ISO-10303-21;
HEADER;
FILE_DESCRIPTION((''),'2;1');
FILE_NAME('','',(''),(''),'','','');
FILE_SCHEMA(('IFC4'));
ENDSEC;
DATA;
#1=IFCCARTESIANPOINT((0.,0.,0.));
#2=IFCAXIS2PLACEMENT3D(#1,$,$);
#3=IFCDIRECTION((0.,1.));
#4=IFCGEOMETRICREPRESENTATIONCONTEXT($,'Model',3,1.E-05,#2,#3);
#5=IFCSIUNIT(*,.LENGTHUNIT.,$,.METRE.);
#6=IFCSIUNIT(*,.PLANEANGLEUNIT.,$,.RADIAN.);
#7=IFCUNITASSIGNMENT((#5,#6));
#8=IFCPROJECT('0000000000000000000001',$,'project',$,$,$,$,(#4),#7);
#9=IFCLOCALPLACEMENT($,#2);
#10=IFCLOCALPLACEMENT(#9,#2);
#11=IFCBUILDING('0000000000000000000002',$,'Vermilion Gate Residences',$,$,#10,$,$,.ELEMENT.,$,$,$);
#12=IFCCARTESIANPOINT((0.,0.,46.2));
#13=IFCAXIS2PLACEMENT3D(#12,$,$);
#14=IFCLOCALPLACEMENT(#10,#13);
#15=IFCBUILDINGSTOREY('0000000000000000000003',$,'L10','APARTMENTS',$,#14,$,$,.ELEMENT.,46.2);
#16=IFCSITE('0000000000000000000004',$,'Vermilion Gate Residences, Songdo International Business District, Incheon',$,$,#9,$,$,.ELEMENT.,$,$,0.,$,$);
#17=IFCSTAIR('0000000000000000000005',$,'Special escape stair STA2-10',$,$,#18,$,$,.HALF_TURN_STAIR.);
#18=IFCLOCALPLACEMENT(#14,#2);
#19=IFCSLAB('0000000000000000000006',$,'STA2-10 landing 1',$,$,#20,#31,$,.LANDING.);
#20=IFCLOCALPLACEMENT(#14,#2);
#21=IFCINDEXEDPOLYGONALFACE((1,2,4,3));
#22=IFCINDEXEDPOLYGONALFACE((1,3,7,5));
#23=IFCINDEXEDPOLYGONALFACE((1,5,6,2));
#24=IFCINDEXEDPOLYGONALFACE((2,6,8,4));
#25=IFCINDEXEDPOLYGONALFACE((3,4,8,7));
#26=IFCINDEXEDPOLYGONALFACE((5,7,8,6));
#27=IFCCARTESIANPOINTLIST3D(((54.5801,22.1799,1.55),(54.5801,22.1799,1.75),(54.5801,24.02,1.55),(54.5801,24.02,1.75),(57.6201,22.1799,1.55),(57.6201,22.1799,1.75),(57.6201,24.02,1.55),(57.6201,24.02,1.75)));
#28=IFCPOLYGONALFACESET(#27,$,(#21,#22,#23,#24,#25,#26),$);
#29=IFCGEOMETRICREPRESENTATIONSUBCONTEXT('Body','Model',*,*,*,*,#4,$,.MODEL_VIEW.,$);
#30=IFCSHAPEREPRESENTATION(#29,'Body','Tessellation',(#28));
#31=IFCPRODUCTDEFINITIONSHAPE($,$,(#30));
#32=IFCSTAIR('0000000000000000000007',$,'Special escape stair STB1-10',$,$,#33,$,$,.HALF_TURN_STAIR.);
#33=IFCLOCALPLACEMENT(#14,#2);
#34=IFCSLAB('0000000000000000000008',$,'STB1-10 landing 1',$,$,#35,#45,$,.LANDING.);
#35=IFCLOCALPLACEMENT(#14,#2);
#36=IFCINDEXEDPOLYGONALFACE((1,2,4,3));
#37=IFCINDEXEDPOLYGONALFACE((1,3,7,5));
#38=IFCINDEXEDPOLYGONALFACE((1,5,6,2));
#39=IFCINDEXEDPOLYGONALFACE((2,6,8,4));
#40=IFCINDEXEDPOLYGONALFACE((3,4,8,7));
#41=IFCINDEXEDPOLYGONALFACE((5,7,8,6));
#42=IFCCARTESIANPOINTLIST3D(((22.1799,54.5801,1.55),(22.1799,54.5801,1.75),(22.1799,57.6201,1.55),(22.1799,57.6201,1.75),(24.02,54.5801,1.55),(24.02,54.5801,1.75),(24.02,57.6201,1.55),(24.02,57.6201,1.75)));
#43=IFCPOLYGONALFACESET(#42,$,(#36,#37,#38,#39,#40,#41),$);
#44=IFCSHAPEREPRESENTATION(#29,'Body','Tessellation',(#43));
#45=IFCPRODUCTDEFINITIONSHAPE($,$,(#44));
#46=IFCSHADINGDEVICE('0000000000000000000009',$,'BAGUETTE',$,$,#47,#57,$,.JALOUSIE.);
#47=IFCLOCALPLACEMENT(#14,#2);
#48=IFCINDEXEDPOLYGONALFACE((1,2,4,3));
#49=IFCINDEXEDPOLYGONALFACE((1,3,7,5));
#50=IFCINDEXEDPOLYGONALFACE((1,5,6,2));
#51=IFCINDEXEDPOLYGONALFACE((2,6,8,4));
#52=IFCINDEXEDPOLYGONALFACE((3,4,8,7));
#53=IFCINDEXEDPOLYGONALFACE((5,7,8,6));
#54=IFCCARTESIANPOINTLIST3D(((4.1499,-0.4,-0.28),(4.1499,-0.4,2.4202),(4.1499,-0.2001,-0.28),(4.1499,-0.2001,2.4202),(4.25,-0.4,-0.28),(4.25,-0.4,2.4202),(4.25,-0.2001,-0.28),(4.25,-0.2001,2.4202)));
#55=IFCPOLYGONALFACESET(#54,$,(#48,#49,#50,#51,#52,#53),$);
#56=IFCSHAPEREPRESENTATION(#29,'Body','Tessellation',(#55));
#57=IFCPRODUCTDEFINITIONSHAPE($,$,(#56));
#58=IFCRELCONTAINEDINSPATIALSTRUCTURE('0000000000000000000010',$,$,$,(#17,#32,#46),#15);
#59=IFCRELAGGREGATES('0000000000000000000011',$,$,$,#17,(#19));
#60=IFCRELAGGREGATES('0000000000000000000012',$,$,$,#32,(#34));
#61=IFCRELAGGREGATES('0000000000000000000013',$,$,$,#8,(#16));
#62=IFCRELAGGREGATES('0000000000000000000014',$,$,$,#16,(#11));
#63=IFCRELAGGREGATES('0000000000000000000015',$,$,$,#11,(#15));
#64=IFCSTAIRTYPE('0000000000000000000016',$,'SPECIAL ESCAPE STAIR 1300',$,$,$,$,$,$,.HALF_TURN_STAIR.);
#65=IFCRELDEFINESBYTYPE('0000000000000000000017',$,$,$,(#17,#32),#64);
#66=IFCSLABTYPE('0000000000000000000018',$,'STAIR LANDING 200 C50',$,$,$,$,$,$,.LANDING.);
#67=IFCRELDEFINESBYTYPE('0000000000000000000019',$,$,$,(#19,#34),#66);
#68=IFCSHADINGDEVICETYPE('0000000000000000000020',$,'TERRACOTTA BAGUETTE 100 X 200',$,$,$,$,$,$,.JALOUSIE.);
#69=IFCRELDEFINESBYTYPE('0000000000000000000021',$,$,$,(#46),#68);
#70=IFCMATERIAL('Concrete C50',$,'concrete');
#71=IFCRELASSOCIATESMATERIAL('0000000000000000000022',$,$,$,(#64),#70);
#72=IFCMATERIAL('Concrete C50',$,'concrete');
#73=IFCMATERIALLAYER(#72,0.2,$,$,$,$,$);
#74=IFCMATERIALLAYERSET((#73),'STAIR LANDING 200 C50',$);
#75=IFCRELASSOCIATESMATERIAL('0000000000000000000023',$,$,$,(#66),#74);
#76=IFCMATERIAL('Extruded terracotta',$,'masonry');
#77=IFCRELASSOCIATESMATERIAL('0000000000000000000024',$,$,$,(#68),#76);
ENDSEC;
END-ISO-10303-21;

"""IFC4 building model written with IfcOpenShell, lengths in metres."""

from ifc_helpers import new_model, si_unit, direction, frame, origin, origin_2d, place, context, subcontext, project, spatial, polyline, rectangle, outline, extrude, material, layer, layer_set, material_profile, profile_set, type_object, element, aggregate, save


model = new_model("IFC4")

# Units and contexts
model_context = context("Model", 3, precision=1e-05, world=origin(), true_north=direction((0.0, 1.0)))
body_context = subcontext(model_context, "Body", "Model", "MODEL_VIEW")
ifc_project = project(units=[si_unit("LENGTHUNIT", "METRE"), si_unit("PLANEANGLEUNIT", "RADIAN")], contexts=[model_context])

# Site, building, storey
site_placement = place(None, origin())
site = spatial("IfcSite", under=ifc_project, at=site_placement, Name="Vermilion Gate Residences, Songdo International Business District, Incheon", CompositionType="ELEMENT", RefElevation=0.0)
building_placement = place(site_placement, origin())
building = spatial("IfcBuilding", under=site, at=building_placement, Name="Vermilion Gate Residences", CompositionType="ELEMENT")
storey_placement = place(building_placement, frame((0.0, 0.0, 46.2)))
storey = spatial("IfcBuildingStorey", under=building, at=storey_placement, Name="L10", Description="APARTMENTS", CompositionType="ELEMENT", Elevation=46.2)

# Stairs, slabs
ifc_material_1 = material(Name="Concrete C50", Category="concrete")
stair_type = type_object("IfcStairType", Name="SPECIAL ESCAPE STAIR 1300", PredefinedType="HALF_TURN_STAIR", material=ifc_material_1)
ifc_material_2 = material(Name="Concrete C50", Category="concrete")
ifc_layer_1 = layer(ifc_material_2, 0.2)
ifc_layer_set_1 = layer_set([ifc_layer_1], Name="STAIR LANDING 200 C50")
slab_type_1 = type_object("IfcSlabType", Name="STAIR LANDING 200 C50", PredefinedType="LANDING", material=ifc_layer_set_1)
stair_1_placement = place(storey_placement, origin())
stair_1 = element("IfcStair", 1, at=stair_1_placement, inside=storey, type_object=stair_type, Name="Special escape stair STA2-10", PredefinedType="HALF_TURN_STAIR")
slab_1_placement = place(storey_placement, frame((0.0, 0.0, 1.55)))
slab_1 = element("IfcSlab", 2, at=slab_1_placement, type_object=slab_type_1, Name="STA2-10 landing 1", PredefinedType="LANDING", context=body_context, shape_type="SweptSolid", body=[
    extrude(outline(polyline([(57.6201, 22.1799), (57.6201, 24.02), (54.5801, 24.02), (54.5801, 22.1799), (57.6201, 22.1799)])), origin(), (0.0, 0.0, 1.0), 0.2),
])
aggregate(stair_1, [slab_1])
stair_2_placement = place(storey_placement, origin())
stair_2 = element("IfcStair", 3, at=stair_2_placement, inside=storey, type_object=stair_type, Name="Special escape stair STB1-10", PredefinedType="HALF_TURN_STAIR")
slab_2_placement = place(storey_placement, frame((0.0, 0.0, 1.55)))
slab_2 = element("IfcSlab", 4, at=slab_2_placement, type_object=slab_type_1, Name="STB1-10 landing 1", PredefinedType="LANDING", context=body_context, shape_type="SweptSolid", body=[
    extrude(outline(polyline([(24.02, 54.5801), (24.02, 57.6201), (22.1799, 57.6201), (22.1799, 54.5801), (24.02, 54.5801)])), origin(), (0.0, 0.0, 1.0), 0.2),
])
aggregate(stair_2, [slab_2])

# Shading device
ifc_material_3 = material(Name="Extruded terracotta", Category="masonry")
ifc_material_profile_1 = material_profile(ifc_material_3, rectangle(XDim=0.2, YDim=0.1001, at=origin_2d()), Name="BAGUETTE 100 X 200")
ifc_profile_set_1 = profile_set([ifc_material_profile_1], Name="Extruded terracotta")
shading_device_type = type_object("IfcShadingDeviceType", Name="TERRACOTTA BAGUETTE 100 X 200", PredefinedType="JALOUSIE", material=ifc_profile_set_1)
shading_device_placement = place(storey_placement, frame((4.2, -0.3, -0.28), z_axis=(0.0, 0.0, 1.0), x_axis=(0.0, 1.0, 0.0)))
element("IfcShadingDevice", 5, at=shading_device_placement, inside=storey, type_object=shading_device_type, Name="BAGUETTE", PredefinedType="JALOUSIE", context=body_context, shape_type="SweptSolid", body=[
    extrude(rectangle(XDim=0.2, YDim=0.1001, at=origin_2d()), origin(), (0.0, 0.0, 1.0), 2.7002),
])

save(model, "model.ifc")
